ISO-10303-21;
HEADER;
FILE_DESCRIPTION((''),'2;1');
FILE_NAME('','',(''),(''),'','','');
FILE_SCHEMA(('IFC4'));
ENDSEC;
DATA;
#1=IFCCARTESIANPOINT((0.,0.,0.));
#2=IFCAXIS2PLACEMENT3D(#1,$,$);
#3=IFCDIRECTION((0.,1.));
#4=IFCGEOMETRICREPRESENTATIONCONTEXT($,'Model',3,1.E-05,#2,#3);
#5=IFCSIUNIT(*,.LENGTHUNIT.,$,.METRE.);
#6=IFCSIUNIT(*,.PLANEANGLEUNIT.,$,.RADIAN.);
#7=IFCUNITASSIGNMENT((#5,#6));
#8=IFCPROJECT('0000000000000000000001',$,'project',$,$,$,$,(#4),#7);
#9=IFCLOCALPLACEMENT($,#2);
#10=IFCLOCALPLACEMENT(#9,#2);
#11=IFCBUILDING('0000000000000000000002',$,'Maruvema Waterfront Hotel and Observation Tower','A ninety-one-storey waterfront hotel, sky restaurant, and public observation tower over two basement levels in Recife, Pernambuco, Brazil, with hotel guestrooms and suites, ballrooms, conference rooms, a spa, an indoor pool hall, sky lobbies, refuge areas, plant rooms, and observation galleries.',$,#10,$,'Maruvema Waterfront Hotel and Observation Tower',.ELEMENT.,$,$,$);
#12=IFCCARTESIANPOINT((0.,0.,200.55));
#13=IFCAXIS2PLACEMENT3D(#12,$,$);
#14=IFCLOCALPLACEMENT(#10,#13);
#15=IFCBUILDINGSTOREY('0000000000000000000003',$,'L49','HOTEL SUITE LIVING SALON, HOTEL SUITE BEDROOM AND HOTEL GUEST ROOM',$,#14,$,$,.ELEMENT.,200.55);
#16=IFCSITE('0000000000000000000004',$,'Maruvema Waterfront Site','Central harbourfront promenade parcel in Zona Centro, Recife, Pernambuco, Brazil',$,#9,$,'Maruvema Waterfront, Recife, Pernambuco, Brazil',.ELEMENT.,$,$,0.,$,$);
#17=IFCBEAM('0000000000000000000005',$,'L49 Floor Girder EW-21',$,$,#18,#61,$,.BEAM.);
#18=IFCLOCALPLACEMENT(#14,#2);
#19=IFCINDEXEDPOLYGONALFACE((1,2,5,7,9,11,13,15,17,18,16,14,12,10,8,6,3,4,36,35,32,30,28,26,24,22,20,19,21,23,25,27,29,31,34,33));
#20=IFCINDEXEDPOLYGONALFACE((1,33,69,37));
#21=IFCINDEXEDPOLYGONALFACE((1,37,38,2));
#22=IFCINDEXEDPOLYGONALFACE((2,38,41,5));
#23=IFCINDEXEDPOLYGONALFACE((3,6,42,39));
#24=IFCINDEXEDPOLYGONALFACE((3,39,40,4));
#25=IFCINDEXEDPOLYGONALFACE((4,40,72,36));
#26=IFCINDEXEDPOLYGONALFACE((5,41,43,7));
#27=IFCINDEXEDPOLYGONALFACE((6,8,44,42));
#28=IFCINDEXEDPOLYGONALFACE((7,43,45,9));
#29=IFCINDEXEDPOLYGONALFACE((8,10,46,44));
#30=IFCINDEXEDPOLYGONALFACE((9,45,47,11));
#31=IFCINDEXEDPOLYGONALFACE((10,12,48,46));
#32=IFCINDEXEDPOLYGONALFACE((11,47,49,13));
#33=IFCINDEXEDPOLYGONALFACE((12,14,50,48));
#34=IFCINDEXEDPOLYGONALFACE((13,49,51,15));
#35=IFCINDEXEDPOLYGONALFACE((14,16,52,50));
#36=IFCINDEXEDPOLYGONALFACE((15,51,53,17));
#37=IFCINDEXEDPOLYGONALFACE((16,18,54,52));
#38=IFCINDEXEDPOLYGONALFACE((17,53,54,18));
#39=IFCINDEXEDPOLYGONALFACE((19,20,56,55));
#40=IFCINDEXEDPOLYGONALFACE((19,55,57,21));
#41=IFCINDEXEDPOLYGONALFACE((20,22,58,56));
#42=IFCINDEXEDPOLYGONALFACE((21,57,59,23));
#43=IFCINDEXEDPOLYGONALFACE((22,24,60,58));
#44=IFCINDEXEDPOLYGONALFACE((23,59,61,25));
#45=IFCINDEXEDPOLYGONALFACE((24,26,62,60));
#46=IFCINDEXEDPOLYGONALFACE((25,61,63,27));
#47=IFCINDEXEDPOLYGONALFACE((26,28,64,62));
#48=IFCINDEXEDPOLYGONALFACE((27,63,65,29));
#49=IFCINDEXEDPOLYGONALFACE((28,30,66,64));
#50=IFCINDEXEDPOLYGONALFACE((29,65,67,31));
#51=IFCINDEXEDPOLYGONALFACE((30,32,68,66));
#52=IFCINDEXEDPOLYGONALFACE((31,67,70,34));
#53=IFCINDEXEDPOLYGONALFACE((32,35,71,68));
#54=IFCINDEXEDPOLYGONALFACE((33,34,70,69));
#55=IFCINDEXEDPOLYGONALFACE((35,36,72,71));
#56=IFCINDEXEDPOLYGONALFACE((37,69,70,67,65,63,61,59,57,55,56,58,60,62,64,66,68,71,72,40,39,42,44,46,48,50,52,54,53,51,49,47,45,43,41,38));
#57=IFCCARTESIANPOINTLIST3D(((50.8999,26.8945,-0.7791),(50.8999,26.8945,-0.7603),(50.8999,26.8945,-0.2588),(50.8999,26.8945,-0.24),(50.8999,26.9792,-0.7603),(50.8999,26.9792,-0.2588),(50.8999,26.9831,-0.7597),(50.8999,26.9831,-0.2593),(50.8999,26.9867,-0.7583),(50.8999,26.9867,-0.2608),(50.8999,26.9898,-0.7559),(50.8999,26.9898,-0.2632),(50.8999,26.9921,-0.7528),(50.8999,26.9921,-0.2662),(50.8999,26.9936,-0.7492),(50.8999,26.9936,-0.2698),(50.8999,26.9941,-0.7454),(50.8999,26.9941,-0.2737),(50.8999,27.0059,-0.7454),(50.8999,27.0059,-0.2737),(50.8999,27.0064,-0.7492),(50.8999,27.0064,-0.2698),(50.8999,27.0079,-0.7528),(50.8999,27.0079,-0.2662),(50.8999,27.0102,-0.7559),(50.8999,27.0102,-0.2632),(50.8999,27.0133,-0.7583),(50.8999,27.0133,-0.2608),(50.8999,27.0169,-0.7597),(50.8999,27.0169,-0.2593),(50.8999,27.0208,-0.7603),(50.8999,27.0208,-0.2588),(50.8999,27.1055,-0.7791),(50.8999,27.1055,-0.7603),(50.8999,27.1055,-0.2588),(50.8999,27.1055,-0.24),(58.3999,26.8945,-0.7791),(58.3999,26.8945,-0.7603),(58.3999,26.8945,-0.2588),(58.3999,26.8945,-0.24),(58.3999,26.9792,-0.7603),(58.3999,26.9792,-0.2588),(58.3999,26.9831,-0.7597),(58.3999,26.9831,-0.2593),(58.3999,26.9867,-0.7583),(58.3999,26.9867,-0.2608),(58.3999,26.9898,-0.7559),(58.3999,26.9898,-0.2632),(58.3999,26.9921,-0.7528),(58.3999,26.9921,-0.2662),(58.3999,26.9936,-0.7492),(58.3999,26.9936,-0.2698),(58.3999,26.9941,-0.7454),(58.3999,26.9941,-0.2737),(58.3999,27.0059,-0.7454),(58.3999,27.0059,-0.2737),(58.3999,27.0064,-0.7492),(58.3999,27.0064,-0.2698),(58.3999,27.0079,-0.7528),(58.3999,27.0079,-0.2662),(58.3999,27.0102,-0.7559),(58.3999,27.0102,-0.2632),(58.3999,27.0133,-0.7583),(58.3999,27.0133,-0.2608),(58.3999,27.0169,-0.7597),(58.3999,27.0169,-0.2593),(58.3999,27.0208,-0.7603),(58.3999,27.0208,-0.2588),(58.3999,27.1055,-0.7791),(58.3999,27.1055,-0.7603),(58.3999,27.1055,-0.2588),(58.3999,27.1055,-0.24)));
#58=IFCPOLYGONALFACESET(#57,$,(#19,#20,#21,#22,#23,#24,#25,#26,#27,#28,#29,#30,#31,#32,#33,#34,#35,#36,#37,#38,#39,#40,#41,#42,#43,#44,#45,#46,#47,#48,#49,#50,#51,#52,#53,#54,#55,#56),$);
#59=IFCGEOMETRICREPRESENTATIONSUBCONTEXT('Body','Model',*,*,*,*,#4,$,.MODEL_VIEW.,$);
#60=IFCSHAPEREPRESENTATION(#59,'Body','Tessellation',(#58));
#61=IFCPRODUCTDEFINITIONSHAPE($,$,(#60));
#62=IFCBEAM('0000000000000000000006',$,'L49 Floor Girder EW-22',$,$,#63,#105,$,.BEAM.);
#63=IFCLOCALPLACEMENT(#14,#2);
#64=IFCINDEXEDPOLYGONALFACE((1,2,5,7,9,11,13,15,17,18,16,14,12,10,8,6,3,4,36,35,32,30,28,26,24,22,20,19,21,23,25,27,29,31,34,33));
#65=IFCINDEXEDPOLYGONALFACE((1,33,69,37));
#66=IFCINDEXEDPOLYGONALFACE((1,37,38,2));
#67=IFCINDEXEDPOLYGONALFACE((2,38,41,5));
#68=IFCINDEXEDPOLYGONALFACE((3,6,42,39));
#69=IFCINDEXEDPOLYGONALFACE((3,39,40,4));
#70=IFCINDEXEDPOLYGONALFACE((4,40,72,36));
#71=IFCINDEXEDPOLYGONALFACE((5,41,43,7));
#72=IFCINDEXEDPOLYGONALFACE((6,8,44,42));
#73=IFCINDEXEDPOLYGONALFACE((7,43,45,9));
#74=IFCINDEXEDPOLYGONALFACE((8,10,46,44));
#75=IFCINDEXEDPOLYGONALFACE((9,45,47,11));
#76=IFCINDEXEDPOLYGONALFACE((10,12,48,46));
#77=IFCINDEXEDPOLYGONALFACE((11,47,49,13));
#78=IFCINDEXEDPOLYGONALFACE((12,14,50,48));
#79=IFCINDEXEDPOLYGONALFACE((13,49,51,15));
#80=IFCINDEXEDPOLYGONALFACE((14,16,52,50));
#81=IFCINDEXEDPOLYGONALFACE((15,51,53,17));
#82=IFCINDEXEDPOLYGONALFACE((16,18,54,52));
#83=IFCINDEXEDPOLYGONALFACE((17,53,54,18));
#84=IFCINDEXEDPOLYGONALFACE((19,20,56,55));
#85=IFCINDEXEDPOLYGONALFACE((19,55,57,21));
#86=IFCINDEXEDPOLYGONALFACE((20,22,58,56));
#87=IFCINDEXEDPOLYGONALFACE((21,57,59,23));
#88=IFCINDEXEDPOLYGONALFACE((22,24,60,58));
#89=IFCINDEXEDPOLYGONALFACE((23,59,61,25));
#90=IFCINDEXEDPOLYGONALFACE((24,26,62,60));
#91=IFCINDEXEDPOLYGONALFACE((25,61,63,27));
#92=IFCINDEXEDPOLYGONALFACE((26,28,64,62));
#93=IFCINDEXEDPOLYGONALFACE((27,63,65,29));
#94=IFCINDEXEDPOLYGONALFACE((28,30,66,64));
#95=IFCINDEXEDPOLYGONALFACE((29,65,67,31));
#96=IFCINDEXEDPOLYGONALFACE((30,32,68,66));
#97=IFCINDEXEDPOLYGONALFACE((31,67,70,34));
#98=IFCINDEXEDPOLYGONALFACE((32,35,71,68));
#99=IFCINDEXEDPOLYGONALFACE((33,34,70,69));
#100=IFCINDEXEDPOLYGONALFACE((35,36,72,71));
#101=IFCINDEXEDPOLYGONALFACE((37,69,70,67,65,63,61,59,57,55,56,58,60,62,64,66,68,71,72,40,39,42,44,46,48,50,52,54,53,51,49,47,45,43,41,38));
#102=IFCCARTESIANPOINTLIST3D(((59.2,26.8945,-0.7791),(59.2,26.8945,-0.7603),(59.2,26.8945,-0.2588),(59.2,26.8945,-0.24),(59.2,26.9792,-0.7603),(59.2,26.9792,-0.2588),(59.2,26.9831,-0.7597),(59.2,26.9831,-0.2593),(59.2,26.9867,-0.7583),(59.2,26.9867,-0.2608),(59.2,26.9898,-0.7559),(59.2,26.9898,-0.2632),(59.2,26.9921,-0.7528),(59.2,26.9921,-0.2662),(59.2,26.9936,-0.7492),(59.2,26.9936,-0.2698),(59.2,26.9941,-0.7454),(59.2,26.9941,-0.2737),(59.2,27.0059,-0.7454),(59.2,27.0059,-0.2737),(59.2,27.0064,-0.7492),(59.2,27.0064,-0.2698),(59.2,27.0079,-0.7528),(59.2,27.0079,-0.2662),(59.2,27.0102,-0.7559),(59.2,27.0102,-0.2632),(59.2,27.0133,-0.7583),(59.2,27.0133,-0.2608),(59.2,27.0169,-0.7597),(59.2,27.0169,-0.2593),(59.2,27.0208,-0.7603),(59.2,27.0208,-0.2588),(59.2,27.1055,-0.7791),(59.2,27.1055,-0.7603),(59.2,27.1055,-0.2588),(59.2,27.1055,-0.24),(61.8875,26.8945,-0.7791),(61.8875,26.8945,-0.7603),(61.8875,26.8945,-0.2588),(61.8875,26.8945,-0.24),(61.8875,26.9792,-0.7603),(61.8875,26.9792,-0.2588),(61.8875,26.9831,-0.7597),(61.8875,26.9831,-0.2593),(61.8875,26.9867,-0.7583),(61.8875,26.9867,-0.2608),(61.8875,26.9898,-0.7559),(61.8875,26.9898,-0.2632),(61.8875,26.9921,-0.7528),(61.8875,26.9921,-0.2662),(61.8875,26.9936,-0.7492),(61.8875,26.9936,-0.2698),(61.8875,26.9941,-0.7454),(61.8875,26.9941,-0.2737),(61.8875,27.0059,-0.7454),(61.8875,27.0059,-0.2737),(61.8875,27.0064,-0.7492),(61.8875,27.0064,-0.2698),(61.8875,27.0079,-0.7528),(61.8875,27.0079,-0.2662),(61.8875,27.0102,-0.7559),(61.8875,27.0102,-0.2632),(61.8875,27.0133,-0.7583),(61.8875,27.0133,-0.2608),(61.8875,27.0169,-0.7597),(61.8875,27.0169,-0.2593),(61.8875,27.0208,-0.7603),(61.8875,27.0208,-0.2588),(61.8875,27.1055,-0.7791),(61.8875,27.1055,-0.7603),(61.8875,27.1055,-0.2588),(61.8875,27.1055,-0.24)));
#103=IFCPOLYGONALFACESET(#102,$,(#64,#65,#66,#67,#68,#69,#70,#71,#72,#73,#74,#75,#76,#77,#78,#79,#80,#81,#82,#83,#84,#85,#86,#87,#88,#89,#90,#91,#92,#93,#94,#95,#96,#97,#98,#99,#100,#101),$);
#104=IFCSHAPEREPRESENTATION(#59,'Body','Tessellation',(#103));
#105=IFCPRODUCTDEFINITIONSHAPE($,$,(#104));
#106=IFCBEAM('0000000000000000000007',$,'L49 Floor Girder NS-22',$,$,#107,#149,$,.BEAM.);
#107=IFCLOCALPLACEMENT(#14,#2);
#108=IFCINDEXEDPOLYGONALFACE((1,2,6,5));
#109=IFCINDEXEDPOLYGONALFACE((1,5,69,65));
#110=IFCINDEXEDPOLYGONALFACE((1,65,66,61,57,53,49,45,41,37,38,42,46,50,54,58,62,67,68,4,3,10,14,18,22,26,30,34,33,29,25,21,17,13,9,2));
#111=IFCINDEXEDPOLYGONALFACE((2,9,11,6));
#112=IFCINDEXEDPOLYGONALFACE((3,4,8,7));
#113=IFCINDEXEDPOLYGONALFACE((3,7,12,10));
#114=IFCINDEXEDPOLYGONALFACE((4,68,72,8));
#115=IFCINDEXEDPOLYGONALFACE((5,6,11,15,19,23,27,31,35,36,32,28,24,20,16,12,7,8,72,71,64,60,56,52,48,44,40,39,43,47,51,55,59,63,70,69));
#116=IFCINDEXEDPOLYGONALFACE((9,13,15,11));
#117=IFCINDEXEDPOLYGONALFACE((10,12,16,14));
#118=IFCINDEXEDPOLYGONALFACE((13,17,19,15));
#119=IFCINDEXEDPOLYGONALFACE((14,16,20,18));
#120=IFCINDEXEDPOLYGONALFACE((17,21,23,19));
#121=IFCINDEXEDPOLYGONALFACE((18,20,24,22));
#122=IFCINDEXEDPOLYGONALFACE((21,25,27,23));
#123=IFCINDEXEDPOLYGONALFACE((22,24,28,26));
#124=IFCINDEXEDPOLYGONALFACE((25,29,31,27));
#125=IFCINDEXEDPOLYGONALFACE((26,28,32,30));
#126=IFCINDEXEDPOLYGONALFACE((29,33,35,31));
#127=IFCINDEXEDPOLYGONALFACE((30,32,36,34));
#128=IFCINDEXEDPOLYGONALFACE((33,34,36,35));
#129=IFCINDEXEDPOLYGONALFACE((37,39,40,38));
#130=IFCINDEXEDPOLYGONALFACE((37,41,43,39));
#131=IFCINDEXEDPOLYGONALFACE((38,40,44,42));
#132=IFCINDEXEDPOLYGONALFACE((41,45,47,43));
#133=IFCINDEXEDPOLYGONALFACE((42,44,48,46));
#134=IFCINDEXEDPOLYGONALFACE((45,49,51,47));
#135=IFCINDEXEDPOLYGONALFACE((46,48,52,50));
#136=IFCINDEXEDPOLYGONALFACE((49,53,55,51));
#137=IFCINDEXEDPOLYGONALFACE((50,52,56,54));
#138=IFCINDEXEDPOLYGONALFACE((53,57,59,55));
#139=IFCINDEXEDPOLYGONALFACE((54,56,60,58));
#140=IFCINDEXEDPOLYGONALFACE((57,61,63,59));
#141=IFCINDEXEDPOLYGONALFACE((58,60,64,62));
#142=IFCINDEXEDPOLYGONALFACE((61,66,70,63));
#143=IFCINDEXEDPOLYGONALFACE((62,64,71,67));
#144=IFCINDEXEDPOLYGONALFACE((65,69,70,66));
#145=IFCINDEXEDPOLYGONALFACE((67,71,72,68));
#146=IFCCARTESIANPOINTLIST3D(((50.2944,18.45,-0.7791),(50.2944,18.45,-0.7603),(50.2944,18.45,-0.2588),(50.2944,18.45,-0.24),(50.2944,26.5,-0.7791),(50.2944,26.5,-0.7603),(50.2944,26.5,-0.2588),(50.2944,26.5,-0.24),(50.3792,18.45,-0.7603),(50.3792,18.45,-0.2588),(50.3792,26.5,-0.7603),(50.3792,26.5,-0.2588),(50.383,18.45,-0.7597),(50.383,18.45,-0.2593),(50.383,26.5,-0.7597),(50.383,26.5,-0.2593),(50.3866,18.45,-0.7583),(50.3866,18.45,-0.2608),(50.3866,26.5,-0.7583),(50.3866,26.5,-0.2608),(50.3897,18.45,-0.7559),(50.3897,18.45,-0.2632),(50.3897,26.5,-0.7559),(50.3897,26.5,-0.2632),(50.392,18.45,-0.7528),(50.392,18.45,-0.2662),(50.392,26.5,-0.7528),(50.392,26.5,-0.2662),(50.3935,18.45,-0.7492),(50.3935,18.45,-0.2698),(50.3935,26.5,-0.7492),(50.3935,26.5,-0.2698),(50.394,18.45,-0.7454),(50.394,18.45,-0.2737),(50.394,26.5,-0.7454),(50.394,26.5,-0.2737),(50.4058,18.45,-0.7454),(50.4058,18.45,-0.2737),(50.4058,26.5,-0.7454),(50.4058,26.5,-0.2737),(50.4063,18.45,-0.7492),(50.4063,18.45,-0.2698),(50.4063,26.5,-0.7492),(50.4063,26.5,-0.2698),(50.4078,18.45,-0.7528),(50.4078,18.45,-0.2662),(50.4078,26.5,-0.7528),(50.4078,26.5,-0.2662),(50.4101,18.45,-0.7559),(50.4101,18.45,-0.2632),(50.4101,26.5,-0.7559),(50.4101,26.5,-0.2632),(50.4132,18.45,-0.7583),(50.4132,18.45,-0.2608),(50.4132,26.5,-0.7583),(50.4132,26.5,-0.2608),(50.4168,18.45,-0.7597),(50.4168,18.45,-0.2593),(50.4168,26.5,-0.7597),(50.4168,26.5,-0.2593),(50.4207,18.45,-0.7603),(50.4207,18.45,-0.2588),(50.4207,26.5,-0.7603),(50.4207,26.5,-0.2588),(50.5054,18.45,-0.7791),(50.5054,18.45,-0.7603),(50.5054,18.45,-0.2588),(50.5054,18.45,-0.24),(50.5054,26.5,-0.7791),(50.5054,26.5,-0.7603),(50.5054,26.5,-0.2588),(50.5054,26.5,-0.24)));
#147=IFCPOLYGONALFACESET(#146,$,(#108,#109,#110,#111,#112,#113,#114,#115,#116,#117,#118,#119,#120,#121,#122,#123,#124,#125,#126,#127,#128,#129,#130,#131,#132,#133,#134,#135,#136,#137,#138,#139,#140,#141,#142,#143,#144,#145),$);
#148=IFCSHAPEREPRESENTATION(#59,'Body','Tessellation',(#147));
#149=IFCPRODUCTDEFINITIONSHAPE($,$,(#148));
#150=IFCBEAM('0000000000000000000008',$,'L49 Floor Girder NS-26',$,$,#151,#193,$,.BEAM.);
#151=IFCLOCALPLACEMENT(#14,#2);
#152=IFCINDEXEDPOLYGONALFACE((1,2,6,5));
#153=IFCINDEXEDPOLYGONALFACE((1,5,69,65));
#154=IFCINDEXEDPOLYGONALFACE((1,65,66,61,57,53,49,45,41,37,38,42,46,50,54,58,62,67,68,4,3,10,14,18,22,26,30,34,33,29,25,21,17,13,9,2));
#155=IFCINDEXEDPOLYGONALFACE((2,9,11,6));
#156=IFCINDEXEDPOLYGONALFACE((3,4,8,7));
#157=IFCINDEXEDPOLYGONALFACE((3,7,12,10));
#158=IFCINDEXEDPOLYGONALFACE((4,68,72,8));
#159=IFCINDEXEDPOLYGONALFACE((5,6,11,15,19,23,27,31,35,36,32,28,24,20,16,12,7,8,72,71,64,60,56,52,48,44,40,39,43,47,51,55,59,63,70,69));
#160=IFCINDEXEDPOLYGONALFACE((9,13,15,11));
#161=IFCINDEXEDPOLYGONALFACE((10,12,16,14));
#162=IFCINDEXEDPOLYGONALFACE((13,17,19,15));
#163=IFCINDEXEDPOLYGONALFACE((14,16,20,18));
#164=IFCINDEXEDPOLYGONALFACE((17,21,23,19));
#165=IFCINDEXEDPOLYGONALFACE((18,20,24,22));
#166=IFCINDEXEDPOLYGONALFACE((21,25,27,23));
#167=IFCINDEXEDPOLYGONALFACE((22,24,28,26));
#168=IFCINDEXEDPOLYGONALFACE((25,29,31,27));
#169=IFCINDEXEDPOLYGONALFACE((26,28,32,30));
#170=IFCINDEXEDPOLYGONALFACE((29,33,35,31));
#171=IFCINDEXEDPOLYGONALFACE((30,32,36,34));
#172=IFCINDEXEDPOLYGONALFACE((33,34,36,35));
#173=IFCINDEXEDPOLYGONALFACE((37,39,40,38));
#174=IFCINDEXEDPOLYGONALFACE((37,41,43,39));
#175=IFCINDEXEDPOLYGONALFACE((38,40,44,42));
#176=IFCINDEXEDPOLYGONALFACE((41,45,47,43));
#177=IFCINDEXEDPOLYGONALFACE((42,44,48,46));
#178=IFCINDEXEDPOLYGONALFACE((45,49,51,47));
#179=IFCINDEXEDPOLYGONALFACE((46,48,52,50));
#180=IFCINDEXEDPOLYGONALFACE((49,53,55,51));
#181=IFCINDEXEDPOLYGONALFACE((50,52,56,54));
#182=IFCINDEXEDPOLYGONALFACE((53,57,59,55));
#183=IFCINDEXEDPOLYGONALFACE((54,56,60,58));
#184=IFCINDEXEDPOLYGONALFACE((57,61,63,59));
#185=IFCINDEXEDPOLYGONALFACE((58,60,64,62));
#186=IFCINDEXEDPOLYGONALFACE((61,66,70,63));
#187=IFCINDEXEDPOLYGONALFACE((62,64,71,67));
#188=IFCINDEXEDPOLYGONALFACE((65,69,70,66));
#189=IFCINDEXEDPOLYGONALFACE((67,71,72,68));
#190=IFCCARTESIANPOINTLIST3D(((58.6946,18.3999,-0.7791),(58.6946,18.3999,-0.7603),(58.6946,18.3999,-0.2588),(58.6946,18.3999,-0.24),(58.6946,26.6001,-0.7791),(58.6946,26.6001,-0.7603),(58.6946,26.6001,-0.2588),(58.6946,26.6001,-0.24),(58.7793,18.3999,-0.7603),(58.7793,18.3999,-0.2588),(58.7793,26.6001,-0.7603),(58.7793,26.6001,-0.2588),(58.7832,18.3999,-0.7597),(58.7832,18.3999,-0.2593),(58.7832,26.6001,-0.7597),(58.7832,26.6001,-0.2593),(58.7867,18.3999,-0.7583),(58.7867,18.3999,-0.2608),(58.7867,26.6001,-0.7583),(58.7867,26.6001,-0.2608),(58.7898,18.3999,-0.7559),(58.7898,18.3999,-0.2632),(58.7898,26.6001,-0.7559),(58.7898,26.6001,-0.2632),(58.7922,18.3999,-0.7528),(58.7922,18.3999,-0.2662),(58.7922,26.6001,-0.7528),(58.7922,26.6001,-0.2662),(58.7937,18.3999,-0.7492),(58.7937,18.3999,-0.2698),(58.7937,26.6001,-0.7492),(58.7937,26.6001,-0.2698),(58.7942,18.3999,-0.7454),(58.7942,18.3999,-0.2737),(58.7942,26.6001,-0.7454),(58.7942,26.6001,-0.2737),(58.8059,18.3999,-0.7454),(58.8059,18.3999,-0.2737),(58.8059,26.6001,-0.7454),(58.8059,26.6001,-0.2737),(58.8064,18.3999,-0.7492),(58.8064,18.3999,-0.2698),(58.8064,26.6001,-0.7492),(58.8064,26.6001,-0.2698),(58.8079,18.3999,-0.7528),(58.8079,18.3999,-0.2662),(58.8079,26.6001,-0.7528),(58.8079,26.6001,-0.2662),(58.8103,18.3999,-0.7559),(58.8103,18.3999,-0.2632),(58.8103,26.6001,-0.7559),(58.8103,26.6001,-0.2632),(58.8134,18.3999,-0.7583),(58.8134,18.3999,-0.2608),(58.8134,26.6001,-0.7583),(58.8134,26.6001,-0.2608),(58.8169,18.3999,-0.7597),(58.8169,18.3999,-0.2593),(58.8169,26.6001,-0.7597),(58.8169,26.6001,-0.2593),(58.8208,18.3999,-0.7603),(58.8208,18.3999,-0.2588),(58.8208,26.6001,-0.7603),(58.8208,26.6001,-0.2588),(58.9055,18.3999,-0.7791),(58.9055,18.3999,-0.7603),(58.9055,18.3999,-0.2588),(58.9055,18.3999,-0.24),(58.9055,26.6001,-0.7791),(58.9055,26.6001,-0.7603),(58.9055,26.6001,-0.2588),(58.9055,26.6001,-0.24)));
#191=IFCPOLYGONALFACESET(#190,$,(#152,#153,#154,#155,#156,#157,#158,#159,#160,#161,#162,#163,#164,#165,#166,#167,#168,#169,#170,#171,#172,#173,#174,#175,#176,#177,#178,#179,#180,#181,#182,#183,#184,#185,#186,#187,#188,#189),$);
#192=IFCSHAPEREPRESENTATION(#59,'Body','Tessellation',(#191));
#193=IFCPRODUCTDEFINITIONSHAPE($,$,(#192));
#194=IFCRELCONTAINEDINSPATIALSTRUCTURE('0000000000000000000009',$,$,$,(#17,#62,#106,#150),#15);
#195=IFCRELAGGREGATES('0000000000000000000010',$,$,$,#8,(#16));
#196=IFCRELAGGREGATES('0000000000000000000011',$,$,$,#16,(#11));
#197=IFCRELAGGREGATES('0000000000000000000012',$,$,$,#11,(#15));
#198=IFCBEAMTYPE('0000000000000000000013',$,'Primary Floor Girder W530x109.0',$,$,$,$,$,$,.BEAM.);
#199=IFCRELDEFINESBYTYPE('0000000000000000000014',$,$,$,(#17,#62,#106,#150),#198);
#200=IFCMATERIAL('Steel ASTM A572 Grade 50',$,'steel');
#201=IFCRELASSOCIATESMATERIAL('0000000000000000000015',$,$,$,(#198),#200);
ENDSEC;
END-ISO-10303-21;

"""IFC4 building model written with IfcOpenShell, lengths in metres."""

from ifc_helpers import new_model, si_unit, direction, frame, origin, origin_2d, place, context, subcontext, project, spatial, i_section, extrude, material, material_profile, profile_set, type_object, element, save


model = new_model("IFC4")

# Units and contexts
model_context = context("Model", 3, precision=1e-05, world=origin(), true_north=direction((0.0, 1.0)))
body_context = subcontext(model_context, "Body", "Model", "MODEL_VIEW")
ifc_project = project(units=[si_unit("LENGTHUNIT", "METRE"), si_unit("PLANEANGLEUNIT", "RADIAN")], contexts=[model_context])

# Site, building, storey
site_placement = place(None, origin())
site = spatial("IfcSite", under=ifc_project, at=site_placement, Name="Maruvema Waterfront Site", Description="Central harbourfront promenade parcel in Zona Centro, Recife, Pernambuco, Brazil", LongName="Maruvema Waterfront, Recife, Pernambuco, Brazil", CompositionType="ELEMENT", RefElevation=0.0)
building_placement = place(site_placement, origin())
building = spatial("IfcBuilding", under=site, at=building_placement, Name="Maruvema Waterfront Hotel and Observation Tower", Description="A ninety-one-storey waterfront hotel, sky restaurant, and public observation tower over two basement levels in Recife, Pernambuco, Brazil, with hotel guestrooms and suites, ballrooms, conference rooms, a spa, an indoor pool hall, sky lobbies, refuge areas, plant rooms, and observation galleries.", LongName="Maruvema Waterfront Hotel and Observation Tower", CompositionType="ELEMENT")
storey_placement = place(building_placement, frame((0.0, 0.0, 200.55)))
storey = spatial("IfcBuildingStorey", under=building, at=storey_placement, Name="L49", Description="HOTEL SUITE LIVING SALON, HOTEL SUITE BEDROOM AND HOTEL GUEST ROOM", CompositionType="ELEMENT", Elevation=200.55)

# Beams
ifc_material_1 = material(Name="Steel ASTM A572 Grade 50", Category="steel")
ifc_material_profile_1 = material_profile(ifc_material_1, i_section(OverallWidth=0.2109, OverallDepth=0.5391, WebThickness=0.0117, FlangeThickness=0.0188, FilletRadius=0.0149, at=origin_2d()), Name="W530x109.0")
ifc_profile_set_1 = profile_set([ifc_material_profile_1], Name="Steel ASTM A572 Grade 50")
beam_type_1 = type_object("IfcBeamType", Name="Primary Floor Girder W530x109.0", PredefinedType="BEAM", material=ifc_profile_set_1)
beam_1_placement = place(storey_placement, frame((50.8999, 27.0, -0.5095), z_axis=(1.0, 0.0, 0.0), x_axis=(0.0, 1.0, 0.0)))
element("IfcBeam", 1, at=beam_1_placement, inside=storey, type_object=beam_type_1, Name="L49 Floor Girder EW-21", PredefinedType="BEAM", context=body_context, shape_type="SweptSolid", body=[
    extrude(i_section(OverallWidth=0.2109, OverallDepth=0.5391, WebThickness=0.0117, FlangeThickness=0.0188, FilletRadius=0.0149, at=origin_2d()), origin(), (0.0, 0.0, 1.0), 7.5),
])
beam_2_placement = place(storey_placement, frame((59.2, 27.0, -0.5095), z_axis=(1.0, 0.0, 0.0), x_axis=(0.0, 1.0, 0.0)))
element("IfcBeam", 2, at=beam_2_placement, inside=storey, type_object=beam_type_1, Name="L49 Floor Girder EW-22", PredefinedType="BEAM", context=body_context, shape_type="SweptSolid", body=[
    extrude(i_section(OverallWidth=0.2109, OverallDepth=0.5391, WebThickness=0.0117, FlangeThickness=0.0188, FilletRadius=0.0149, at=origin_2d()), origin(), (0.0, 0.0, 1.0), 2.6875),
])
beam_3_placement = place(storey_placement, frame((50.3999, 18.45, -0.5095), z_axis=(0.0, 1.0, 0.0), x_axis=(-1.0, 0.0, 0.0)))
element("IfcBeam", 3, at=beam_3_placement, inside=storey, type_object=beam_type_1, Name="L49 Floor Girder NS-22", PredefinedType="BEAM", context=body_context, shape_type="SweptSolid", body=[
    extrude(i_section(OverallWidth=0.2109, OverallDepth=0.5391, WebThickness=0.0117, FlangeThickness=0.0188, FilletRadius=0.0149, at=origin_2d()), origin(), (0.0, 0.0, 1.0), 8.05),
])
beam_4_placement = place(storey_placement, frame((58.8, 18.3999, -0.5095), z_axis=(0.0, 1.0, 0.0), x_axis=(-1.0, 0.0, 0.0)))
element("IfcBeam", 4, at=beam_4_placement, inside=storey, type_object=beam_type_1, Name="L49 Floor Girder NS-26", PredefinedType="BEAM", context=body_context, shape_type="SweptSolid", body=[
    extrude(i_section(OverallWidth=0.2109, OverallDepth=0.5391, WebThickness=0.0117, FlangeThickness=0.0188, FilletRadius=0.0149, at=origin_2d()), origin(), (0.0, 0.0, 1.0), 8.2002),
])

save(model, "model.ifc")
